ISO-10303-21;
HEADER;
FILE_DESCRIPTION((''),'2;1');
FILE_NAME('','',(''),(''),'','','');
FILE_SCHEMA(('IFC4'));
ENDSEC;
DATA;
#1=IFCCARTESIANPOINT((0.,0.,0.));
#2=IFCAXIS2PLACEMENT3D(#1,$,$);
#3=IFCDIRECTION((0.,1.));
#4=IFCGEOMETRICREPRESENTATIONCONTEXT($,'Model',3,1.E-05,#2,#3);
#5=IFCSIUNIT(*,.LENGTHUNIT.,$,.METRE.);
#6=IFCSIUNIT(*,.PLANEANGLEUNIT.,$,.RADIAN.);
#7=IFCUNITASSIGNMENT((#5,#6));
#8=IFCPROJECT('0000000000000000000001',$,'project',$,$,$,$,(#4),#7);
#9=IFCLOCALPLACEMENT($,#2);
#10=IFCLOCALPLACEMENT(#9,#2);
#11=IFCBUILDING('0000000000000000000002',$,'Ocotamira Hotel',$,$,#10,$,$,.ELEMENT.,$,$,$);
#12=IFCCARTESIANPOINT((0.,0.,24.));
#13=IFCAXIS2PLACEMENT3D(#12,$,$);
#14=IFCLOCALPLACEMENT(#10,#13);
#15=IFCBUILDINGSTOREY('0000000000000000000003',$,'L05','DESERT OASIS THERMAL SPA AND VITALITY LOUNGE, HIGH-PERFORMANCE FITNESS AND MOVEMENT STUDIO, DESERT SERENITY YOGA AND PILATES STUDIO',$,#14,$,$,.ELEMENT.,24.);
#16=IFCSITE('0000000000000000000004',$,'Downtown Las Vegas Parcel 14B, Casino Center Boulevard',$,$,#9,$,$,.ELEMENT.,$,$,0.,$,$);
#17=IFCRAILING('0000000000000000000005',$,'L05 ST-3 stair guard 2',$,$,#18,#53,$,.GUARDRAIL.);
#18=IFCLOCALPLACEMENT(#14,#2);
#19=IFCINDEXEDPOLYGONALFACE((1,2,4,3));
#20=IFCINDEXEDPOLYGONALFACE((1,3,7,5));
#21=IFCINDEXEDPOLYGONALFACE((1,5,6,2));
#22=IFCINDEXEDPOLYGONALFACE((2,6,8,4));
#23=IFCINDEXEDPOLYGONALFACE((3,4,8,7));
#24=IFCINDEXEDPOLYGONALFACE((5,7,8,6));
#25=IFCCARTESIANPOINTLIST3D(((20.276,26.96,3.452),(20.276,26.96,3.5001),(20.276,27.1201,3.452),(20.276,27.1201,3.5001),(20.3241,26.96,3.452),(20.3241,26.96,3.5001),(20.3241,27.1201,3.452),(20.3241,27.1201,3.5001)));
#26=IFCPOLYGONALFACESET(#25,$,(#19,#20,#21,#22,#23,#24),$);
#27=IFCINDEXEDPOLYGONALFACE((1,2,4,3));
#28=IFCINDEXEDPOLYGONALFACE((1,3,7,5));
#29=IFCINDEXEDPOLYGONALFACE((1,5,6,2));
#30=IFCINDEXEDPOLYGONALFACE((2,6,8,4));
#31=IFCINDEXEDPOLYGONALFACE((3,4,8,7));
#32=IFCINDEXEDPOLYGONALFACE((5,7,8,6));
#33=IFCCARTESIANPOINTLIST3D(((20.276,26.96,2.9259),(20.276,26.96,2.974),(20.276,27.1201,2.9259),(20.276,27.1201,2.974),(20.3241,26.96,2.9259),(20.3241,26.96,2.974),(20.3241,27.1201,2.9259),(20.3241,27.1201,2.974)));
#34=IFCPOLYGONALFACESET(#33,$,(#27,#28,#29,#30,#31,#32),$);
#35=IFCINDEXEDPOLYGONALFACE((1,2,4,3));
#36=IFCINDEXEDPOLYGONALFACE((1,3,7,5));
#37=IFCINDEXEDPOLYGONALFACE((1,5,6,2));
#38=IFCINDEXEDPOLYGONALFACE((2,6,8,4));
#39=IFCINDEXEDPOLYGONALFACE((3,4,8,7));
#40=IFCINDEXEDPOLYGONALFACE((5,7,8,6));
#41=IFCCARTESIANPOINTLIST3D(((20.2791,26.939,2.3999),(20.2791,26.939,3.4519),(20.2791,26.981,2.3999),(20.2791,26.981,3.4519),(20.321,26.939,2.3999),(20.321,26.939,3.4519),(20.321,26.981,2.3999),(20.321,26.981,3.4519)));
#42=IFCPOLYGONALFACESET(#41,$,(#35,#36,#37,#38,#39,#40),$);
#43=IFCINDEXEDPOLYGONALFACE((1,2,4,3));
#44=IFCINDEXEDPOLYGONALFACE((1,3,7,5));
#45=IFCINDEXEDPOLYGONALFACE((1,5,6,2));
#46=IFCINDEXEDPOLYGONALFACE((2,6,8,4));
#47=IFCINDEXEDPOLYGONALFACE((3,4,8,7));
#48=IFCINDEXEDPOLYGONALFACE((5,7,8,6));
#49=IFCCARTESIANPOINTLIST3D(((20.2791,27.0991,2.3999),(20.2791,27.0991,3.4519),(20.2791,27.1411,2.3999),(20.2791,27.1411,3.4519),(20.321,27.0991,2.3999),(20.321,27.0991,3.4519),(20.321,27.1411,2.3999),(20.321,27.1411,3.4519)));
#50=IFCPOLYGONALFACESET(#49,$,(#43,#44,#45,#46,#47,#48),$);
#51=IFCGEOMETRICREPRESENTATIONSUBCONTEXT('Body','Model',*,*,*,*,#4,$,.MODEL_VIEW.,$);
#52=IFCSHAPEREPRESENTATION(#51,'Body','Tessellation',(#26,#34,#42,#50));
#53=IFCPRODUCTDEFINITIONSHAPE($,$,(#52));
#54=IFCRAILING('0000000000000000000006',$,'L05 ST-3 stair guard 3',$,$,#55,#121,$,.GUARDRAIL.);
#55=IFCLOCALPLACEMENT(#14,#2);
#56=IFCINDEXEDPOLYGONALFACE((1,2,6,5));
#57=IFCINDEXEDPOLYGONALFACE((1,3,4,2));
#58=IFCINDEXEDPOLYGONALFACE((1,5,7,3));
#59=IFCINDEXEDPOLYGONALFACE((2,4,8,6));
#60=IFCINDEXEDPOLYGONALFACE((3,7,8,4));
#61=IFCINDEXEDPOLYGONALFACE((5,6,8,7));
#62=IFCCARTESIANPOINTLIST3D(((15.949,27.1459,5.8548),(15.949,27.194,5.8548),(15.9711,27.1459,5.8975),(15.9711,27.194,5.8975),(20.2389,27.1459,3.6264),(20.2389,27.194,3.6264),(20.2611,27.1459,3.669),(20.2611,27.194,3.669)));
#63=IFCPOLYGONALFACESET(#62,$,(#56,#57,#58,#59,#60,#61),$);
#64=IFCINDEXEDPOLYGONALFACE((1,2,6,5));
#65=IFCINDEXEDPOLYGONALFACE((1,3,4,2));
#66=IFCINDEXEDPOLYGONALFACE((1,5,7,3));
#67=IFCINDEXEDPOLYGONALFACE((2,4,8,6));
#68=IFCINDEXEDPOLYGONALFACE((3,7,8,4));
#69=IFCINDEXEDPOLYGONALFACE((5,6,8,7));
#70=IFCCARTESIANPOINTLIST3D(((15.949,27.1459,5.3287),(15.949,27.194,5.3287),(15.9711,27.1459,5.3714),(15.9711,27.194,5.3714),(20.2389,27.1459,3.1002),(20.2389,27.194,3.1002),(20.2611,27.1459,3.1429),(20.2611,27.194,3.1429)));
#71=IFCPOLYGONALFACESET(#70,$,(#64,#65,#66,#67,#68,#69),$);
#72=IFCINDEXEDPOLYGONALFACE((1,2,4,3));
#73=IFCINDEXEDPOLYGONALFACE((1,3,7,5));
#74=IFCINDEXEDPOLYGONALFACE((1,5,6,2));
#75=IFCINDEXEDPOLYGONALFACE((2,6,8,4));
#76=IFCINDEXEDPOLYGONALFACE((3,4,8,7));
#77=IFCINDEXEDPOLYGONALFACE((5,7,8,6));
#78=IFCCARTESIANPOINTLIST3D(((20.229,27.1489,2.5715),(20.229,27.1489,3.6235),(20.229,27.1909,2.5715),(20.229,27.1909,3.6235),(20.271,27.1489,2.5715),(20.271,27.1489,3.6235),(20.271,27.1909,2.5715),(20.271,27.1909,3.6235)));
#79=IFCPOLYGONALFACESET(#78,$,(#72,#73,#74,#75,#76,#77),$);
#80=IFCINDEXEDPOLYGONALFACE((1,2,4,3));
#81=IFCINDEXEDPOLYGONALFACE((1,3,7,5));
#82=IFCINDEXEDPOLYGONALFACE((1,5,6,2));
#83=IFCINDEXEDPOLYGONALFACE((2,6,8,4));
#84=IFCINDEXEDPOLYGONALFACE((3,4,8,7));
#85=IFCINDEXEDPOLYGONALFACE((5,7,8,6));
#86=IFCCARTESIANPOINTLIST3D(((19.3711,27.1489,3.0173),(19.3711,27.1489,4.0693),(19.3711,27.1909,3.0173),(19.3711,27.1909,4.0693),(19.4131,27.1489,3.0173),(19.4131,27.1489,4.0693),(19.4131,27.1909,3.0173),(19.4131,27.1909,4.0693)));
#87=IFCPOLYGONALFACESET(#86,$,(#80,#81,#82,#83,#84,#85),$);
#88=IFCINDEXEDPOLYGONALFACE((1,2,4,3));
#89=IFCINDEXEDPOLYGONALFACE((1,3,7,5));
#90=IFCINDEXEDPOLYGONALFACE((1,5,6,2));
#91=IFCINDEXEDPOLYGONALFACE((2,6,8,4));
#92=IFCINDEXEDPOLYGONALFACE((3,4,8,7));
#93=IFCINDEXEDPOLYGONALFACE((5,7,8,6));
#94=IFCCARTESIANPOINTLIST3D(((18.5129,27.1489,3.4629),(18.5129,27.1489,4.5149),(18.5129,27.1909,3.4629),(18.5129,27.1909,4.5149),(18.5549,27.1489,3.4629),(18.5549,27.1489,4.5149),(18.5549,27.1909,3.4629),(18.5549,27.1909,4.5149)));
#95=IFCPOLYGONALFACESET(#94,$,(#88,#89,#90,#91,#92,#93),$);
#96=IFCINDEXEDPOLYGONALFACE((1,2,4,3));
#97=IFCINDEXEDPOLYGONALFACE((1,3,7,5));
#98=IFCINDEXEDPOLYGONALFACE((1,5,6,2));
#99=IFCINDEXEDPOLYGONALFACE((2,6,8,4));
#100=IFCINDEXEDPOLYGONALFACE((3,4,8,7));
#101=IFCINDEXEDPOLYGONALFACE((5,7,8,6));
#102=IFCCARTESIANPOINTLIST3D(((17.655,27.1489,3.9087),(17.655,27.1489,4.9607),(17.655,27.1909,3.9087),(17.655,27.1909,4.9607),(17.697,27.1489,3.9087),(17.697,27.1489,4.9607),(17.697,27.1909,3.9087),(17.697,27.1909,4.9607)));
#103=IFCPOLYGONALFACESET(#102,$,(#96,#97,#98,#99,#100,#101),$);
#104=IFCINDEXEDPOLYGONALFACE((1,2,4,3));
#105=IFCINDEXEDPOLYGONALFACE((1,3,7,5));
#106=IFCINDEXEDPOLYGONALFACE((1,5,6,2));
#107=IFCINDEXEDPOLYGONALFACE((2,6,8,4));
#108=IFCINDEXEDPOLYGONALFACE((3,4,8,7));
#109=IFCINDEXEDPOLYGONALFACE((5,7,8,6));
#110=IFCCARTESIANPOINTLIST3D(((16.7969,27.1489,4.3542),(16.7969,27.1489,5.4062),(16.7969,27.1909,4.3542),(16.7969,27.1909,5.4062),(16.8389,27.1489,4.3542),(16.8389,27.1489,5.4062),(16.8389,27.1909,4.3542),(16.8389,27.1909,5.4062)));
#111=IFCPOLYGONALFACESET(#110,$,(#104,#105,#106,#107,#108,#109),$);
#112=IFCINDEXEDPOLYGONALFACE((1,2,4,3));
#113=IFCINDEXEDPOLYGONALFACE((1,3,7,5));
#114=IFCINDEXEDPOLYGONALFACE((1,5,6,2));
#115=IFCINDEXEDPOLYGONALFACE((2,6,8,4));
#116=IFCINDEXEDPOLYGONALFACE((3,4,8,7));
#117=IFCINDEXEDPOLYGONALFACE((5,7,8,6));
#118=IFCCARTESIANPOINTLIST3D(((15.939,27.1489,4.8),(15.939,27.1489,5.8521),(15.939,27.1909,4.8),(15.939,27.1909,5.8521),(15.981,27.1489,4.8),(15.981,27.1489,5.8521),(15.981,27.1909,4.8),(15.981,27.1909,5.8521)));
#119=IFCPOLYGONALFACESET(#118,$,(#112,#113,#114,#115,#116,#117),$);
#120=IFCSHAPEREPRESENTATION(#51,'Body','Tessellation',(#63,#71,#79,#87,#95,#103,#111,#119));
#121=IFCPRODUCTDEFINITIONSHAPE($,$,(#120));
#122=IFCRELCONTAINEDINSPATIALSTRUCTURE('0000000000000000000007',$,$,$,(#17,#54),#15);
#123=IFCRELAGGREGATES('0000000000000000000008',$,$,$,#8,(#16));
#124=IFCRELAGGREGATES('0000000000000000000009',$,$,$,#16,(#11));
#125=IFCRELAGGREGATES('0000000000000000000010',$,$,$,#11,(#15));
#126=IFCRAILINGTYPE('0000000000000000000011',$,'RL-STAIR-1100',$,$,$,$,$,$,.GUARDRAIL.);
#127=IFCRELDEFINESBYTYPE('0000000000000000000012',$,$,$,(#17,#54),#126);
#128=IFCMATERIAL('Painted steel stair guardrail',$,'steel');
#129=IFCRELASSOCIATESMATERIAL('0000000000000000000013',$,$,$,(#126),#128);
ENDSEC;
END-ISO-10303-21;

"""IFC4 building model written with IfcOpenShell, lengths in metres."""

from ifc_helpers import new_model, si_unit, direction, frame, origin, origin_2d, place, context, subcontext, project, spatial, rectangle, extrude, material, type_object, element, save


model = new_model("IFC4")

# Units and contexts
model_context = context("Model", 3, precision=1e-05, world=origin(), true_north=direction((0.0, 1.0)))
body_context = subcontext(model_context, "Body", "Model", "MODEL_VIEW")
ifc_project = project(units=[si_unit("LENGTHUNIT", "METRE"), si_unit("PLANEANGLEUNIT", "RADIAN")], contexts=[model_context])

# Site, building, storey
site_placement = place(None, origin())
site = spatial("IfcSite", under=ifc_project, at=site_placement, Name="Downtown Las Vegas Parcel 14B, Casino Center Boulevard", CompositionType="ELEMENT", RefElevation=0.0)
building_placement = place(site_placement, origin())
building = spatial("IfcBuilding", under=site, at=building_placement, Name="Ocotamira Hotel", CompositionType="ELEMENT")
storey_placement = place(building_placement, frame((0.0, 0.0, 24.0)))
storey = spatial("IfcBuildingStorey", under=building, at=storey_placement, Name="L05", Description="DESERT OASIS THERMAL SPA AND VITALITY LOUNGE, HIGH-PERFORMANCE FITNESS AND MOVEMENT STUDIO, DESERT SERENITY YOGA AND PILATES STUDIO", CompositionType="ELEMENT", Elevation=24.0)

# Railings
ifc_material_1 = material(Name="Painted steel stair guardrail", Category="steel")
railing_type_1 = type_object("IfcRailingType", Name="RL-STAIR-1100", PredefinedType="GUARDRAIL", material=ifc_material_1)
railing_1_placement = place(storey_placement, frame((20.3, 26.96, 2.3999)))
element("IfcRailing", 1, at=railing_1_placement, inside=storey, type_object=railing_type_1, Name="L05 ST-3 stair guard 2", PredefinedType="GUARDRAIL", context=body_context, shape_type="SweptSolid", body=[
    extrude(rectangle(XDim=0.0481, YDim=0.0481, at=origin_2d()), frame((0.0, 0.0, 1.0762), z_axis=(0.0, 1.0, 0.0), x_axis=(-1.0, 0.0, 0.0)), (0.0, 0.0, 1.0), 0.1602),
    extrude(rectangle(XDim=0.0481, YDim=0.0481, at=origin_2d()), frame((0.0, 0.0, 0.55), z_axis=(0.0, 1.0, 0.0), x_axis=(-1.0, 0.0, 0.0)), (0.0, 0.0, 1.0), 0.1602),
    extrude(rectangle(XDim=0.042, YDim=0.042, at=origin_2d()), origin(), (0.0, 0.0, 1.0), 1.052),
    extrude(rectangle(XDim=0.042, YDim=0.042, at=origin_2d()), frame((0.0, 0.1602, 0.0)), (0.0, 0.0, 1.0), 1.052),
])
railing_2_placement = place(storey_placement, frame((20.25, 27.1699, 2.5715)))
element("IfcRailing", 2, at=railing_2_placement, inside=storey, type_object=railing_type_1, Name="L05 ST-3 stair guard 3", PredefinedType="GUARDRAIL", context=body_context, shape_type="SweptSolid", body=[
    extrude(rectangle(XDim=0.0481, YDim=0.0481, at=origin_2d()), frame((0.0, 0.0, 1.0762), z_axis=(-0.887412, 0.0, 0.460977), x_axis=(0.0, -1.0, 0.0)), (0.0, 0.0, 1.0), 4.8342),
    extrude(rectangle(XDim=0.0481, YDim=0.0481, at=origin_2d()), frame((0.0, 0.0, 0.55), z_axis=(-0.887412, 0.0, 0.460977), x_axis=(0.0, -1.0, 0.0)), (0.0, 0.0, 1.0), 4.8342),
    extrude(rectangle(XDim=0.042, YDim=0.042, at=origin_2d()), origin(), (0.0, 0.0, 1.0), 1.052),
    extrude(rectangle(XDim=0.042, YDim=0.042, at=origin_2d()), frame((-0.8579, 0.0, 0.4458)), (0.0, 0.0, 1.0), 1.052),
    extrude(rectangle(XDim=0.042, YDim=0.042, at=origin_2d()), frame((-1.7161, 0.0, 0.8914)), (0.0, 0.0, 1.0), 1.052),
    extrude(rectangle(XDim=0.042, YDim=0.042, at=origin_2d()), frame((-2.574, 0.0, 1.3372)), (0.0, 0.0, 1.0), 1.052),
    extrude(rectangle(XDim=0.042, YDim=0.042, at=origin_2d()), frame((-3.4321, 0.0, 1.7827)), (0.0, 0.0, 1.0), 1.052),
    extrude(rectangle(XDim=0.042, YDim=0.042, at=origin_2d()), frame((-4.29, 0.0, 2.2285)), (0.0, 0.0, 1.0), 1.052),
])

save(model, "model.ifc")
